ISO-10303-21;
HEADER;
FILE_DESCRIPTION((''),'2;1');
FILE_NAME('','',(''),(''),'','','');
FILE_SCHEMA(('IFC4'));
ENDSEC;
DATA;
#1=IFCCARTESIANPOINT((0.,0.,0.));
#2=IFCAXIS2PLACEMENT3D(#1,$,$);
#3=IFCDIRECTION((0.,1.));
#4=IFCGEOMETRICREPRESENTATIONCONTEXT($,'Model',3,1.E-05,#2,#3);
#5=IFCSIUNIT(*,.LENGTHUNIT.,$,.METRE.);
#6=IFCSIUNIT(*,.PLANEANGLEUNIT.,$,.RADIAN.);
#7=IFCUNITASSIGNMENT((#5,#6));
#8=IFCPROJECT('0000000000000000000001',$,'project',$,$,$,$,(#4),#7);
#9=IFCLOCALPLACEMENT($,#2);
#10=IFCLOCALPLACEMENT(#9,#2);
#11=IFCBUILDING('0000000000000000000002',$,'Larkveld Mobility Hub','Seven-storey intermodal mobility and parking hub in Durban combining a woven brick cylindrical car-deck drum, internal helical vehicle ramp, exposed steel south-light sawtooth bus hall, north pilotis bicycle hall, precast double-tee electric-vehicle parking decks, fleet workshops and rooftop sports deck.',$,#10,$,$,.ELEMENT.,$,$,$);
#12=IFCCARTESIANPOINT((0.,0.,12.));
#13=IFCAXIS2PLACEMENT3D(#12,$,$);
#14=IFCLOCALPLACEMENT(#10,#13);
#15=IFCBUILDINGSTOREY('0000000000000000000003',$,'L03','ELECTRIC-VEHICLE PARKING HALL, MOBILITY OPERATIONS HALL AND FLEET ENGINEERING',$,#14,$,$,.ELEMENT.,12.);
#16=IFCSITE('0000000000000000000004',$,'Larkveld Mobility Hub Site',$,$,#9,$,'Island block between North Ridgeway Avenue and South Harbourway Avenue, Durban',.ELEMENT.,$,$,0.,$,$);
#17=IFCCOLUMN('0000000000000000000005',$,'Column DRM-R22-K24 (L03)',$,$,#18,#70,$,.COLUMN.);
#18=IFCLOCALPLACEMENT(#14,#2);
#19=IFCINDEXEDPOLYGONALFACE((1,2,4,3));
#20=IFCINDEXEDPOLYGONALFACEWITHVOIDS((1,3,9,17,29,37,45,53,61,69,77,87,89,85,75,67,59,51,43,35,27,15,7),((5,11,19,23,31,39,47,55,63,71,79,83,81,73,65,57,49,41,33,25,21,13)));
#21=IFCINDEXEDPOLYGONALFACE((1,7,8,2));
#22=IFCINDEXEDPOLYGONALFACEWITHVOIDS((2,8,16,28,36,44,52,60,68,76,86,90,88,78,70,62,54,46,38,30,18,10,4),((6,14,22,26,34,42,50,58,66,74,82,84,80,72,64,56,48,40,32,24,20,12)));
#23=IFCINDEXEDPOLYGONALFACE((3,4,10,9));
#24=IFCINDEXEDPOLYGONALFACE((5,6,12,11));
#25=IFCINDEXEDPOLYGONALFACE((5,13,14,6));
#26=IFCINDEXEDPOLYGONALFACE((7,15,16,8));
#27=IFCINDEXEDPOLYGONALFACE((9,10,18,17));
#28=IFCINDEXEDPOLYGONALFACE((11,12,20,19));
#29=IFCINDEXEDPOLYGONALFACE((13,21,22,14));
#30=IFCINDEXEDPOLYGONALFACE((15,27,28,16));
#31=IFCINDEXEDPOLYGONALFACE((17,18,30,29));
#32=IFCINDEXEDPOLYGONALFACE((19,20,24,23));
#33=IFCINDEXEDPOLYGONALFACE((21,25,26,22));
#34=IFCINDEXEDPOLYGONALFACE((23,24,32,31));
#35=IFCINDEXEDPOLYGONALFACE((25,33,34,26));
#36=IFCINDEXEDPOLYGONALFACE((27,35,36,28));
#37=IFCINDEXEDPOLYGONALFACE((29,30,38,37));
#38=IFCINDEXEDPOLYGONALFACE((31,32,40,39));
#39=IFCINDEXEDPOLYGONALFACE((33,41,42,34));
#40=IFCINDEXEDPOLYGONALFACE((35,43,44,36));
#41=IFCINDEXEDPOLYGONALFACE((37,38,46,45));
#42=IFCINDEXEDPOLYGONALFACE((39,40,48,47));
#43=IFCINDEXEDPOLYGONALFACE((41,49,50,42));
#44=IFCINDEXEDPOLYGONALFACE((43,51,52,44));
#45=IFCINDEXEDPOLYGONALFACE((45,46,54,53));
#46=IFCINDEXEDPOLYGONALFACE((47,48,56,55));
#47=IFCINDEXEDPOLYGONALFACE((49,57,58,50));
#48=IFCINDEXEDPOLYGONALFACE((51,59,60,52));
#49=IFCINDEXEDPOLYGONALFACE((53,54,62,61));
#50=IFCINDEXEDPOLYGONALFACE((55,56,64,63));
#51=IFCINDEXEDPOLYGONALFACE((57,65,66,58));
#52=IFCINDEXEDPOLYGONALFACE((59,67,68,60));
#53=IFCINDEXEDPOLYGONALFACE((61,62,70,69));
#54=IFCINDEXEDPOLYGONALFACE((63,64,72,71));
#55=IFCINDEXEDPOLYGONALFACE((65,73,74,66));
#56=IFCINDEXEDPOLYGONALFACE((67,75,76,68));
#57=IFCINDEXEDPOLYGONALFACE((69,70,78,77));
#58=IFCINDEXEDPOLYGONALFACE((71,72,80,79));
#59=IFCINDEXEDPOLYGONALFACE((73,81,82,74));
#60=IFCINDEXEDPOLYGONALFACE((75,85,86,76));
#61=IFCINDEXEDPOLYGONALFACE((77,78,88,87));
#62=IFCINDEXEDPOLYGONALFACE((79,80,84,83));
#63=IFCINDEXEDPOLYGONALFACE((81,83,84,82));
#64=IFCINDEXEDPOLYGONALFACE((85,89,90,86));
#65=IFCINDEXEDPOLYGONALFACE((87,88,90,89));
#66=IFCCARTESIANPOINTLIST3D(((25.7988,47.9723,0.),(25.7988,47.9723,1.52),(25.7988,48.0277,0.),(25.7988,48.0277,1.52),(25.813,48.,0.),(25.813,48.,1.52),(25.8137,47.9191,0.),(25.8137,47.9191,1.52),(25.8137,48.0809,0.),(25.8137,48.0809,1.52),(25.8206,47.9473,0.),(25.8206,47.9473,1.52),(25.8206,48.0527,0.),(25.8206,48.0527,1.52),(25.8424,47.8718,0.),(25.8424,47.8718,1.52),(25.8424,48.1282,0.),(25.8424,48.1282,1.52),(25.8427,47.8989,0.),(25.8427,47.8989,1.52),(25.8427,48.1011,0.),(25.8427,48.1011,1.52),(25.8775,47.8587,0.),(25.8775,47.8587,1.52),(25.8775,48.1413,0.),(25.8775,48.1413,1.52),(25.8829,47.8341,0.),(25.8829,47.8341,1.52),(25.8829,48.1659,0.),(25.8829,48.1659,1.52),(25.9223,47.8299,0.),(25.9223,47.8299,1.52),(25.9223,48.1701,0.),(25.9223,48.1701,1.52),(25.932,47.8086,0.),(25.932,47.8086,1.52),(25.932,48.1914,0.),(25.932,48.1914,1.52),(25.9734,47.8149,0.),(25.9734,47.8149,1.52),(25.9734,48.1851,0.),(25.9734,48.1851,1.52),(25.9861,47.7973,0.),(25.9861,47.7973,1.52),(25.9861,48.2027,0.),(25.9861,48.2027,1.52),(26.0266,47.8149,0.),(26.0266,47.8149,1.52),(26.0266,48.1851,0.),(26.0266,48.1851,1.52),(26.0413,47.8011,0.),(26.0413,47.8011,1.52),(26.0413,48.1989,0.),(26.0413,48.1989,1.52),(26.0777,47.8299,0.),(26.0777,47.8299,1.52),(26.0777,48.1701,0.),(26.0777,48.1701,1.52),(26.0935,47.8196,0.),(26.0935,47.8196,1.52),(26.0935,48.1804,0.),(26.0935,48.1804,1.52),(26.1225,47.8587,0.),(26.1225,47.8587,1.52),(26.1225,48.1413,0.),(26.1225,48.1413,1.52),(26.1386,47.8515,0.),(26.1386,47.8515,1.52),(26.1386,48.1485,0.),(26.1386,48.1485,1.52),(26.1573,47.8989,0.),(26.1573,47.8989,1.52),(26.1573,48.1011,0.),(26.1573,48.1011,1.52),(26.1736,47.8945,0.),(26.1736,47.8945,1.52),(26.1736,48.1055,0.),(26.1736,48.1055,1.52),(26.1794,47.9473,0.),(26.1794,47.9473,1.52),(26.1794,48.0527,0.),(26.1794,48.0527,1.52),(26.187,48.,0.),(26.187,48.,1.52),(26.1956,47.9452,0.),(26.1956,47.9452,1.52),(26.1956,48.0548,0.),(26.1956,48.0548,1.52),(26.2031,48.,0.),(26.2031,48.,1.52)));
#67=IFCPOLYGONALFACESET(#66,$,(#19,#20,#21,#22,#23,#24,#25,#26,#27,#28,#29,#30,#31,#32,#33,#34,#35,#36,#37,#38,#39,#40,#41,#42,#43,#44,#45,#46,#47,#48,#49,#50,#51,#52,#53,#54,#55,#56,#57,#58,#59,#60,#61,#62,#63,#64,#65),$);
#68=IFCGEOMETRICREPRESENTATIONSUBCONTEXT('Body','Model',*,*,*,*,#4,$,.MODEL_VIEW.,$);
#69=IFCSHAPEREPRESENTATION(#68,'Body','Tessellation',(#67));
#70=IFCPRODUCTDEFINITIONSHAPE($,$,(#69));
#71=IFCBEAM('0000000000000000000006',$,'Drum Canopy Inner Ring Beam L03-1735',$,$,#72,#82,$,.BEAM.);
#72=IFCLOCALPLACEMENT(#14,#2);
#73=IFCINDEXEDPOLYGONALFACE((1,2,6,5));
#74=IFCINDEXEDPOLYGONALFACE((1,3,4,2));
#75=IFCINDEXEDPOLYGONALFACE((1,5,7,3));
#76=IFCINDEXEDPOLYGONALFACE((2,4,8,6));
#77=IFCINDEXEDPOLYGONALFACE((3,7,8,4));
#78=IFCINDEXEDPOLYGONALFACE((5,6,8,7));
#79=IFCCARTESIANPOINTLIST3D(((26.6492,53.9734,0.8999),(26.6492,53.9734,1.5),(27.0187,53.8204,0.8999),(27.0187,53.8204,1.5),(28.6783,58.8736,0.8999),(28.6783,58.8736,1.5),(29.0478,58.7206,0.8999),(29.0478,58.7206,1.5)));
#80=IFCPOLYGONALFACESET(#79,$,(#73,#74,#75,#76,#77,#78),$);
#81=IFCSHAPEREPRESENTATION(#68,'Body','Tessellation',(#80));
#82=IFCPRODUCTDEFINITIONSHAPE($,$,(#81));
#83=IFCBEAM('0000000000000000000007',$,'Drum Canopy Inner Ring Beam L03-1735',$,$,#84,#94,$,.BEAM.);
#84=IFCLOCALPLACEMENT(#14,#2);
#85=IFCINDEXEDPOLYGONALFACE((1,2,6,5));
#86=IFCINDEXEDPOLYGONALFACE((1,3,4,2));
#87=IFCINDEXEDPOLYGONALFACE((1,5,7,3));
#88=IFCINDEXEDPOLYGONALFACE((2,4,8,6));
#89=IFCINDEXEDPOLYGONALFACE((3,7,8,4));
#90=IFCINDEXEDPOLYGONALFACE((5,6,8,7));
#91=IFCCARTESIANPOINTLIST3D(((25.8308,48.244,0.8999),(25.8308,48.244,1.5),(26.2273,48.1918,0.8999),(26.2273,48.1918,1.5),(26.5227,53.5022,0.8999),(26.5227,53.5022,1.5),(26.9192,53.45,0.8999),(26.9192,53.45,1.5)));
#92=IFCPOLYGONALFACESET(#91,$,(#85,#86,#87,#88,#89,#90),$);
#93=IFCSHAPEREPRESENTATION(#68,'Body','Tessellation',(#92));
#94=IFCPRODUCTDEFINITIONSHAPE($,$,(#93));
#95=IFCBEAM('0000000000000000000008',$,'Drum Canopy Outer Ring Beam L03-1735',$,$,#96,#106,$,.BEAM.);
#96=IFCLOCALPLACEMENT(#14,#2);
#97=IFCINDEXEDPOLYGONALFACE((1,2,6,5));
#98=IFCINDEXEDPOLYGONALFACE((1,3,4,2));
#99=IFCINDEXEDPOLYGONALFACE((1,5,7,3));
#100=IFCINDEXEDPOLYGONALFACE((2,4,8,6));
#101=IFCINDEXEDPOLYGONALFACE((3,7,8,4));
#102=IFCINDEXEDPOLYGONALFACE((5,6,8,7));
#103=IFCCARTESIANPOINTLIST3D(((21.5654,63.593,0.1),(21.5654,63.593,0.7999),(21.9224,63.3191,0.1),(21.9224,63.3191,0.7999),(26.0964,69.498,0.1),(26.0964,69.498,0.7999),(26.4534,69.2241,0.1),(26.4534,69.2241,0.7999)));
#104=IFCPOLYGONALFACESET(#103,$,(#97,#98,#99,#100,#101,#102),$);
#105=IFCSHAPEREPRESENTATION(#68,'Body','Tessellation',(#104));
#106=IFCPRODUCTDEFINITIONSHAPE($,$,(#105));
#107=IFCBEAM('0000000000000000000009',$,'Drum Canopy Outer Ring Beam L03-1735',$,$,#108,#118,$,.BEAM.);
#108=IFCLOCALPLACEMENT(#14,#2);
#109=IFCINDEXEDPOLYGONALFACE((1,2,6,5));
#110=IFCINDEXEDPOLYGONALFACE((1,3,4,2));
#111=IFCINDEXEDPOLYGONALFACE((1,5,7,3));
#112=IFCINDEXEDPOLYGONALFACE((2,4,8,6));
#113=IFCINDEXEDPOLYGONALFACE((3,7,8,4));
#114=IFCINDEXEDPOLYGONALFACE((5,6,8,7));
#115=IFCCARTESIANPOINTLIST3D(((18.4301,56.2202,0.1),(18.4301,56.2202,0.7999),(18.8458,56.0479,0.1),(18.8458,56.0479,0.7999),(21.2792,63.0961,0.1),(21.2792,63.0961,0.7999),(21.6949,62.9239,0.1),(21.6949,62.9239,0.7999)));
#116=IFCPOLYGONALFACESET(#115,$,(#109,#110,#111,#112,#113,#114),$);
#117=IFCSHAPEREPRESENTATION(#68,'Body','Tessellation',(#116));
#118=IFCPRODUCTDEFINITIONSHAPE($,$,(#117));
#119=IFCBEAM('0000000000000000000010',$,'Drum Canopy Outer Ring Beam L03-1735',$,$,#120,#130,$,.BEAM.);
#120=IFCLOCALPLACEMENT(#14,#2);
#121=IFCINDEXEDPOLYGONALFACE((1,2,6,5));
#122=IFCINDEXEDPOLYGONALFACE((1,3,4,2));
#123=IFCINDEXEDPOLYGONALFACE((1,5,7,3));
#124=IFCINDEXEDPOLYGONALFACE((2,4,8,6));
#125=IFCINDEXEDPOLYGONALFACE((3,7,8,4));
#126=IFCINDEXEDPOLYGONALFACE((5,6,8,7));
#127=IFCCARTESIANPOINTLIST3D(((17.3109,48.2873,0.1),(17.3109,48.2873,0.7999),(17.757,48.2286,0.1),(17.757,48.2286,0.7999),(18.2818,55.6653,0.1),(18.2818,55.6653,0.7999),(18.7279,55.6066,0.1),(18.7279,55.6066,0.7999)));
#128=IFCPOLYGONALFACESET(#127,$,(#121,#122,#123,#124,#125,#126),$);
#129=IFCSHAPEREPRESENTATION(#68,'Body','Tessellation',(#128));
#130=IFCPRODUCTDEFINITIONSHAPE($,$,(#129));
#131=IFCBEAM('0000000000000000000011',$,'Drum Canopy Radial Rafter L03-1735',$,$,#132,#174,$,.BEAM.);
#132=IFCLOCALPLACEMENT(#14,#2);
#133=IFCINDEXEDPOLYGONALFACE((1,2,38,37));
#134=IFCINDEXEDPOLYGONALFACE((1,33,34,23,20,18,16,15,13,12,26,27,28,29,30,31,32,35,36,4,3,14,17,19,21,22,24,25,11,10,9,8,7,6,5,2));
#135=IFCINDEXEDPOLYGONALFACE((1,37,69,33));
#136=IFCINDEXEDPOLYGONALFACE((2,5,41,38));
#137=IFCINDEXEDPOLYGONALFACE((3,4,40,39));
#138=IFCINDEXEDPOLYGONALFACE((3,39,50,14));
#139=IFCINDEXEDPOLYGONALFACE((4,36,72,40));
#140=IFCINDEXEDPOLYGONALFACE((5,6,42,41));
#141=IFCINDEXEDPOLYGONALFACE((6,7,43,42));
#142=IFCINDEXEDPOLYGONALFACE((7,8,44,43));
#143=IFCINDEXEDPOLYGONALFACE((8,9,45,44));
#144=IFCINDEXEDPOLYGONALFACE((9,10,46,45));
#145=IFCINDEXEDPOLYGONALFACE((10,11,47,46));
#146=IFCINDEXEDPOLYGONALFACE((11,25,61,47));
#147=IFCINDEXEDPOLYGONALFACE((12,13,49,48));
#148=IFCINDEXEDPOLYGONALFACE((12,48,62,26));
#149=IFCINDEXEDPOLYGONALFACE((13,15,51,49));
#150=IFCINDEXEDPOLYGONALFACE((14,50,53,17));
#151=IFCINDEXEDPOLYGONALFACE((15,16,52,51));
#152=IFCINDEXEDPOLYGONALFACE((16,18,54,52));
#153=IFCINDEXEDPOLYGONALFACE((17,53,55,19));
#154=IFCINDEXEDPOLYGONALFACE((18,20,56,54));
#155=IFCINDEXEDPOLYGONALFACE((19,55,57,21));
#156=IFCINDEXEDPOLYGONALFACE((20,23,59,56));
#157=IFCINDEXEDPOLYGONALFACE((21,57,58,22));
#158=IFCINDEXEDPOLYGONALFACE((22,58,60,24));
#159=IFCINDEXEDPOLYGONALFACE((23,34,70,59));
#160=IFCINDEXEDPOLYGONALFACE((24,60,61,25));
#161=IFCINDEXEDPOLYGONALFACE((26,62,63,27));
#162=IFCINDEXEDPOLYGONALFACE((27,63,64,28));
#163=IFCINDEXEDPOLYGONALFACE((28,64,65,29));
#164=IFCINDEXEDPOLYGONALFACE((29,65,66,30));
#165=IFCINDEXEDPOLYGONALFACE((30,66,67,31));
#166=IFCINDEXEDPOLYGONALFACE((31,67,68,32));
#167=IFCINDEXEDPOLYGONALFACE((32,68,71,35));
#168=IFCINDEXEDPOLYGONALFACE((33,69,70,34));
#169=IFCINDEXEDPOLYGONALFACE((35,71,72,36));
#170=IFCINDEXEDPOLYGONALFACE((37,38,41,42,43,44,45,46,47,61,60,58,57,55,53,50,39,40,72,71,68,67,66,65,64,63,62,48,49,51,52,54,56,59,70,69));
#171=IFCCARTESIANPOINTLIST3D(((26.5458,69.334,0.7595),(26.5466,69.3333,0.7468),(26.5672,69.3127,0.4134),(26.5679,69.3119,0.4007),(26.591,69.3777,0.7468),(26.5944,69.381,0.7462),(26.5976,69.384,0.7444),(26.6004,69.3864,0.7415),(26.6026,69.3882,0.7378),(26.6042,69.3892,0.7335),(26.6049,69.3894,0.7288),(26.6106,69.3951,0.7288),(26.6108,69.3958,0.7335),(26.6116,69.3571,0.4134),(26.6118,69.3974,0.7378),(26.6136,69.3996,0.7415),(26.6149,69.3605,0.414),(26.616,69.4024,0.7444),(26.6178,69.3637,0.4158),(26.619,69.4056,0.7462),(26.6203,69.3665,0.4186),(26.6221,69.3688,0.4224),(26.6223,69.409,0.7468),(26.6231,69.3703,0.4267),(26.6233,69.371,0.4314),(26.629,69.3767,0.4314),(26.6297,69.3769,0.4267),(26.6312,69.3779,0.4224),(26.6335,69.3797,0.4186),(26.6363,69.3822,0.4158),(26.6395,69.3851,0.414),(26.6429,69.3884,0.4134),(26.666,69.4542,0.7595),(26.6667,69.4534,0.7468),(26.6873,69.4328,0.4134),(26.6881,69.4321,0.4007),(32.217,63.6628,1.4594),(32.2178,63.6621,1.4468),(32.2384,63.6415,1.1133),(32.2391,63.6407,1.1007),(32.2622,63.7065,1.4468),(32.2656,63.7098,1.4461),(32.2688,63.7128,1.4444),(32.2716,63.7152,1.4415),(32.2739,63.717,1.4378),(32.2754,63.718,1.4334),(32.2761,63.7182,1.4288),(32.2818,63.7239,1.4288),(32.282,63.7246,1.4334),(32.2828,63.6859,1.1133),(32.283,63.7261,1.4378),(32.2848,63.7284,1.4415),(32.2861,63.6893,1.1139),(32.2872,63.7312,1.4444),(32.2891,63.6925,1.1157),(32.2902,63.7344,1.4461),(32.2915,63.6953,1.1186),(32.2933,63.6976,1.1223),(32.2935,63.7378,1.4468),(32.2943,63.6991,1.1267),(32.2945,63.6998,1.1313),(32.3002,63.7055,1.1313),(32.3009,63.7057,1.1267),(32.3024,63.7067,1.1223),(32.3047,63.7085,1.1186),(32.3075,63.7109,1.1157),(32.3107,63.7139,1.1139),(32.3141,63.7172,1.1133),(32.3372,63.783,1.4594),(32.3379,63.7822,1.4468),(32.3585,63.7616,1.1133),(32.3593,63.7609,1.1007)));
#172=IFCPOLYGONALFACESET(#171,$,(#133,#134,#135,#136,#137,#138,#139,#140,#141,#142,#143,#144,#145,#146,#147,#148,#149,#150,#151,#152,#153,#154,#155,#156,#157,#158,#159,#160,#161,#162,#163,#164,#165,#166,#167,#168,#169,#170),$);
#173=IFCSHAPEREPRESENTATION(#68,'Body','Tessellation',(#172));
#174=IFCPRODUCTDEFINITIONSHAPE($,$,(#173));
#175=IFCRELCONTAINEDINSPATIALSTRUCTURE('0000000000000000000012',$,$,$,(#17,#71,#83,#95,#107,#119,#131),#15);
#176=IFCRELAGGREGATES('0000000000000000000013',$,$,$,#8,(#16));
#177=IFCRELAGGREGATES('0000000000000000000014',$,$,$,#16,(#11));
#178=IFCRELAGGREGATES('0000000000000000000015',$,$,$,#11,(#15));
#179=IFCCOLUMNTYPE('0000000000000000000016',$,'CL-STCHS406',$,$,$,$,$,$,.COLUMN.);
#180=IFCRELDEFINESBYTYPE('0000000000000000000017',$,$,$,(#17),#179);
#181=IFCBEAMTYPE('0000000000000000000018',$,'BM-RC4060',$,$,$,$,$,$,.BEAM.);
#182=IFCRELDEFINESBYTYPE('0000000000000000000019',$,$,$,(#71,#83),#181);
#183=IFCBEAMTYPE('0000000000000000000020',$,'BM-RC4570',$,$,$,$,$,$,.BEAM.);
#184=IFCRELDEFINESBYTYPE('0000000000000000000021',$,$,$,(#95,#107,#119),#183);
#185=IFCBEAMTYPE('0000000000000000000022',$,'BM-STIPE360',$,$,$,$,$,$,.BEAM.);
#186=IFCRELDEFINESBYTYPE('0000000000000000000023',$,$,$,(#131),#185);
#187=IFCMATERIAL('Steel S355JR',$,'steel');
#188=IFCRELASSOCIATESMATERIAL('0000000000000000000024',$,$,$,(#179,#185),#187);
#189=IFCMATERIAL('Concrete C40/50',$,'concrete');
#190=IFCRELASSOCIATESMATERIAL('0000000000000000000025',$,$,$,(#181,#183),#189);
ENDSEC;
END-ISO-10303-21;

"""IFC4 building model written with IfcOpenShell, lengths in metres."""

from ifc_helpers import new_model, si_unit, direction, frame, origin, origin_2d, place, context, subcontext, project, spatial, rectangle, hollow_circle, i_section, extrude, material, material_profile, profile_set, type_object, element, save


model = new_model("IFC4")

# Units and contexts
model_context = context("Model", 3, precision=1e-05, world=origin(), true_north=direction((0.0, 1.0)))
body_context = subcontext(model_context, "Body", "Model", "MODEL_VIEW")
ifc_project = project(units=[si_unit("LENGTHUNIT", "METRE"), si_unit("PLANEANGLEUNIT", "RADIAN")], contexts=[model_context])

# Site, building, storey
site_placement = place(None, origin())
site = spatial("IfcSite", under=ifc_project, at=site_placement, Name="Larkveld Mobility Hub Site", LongName="Island block between North Ridgeway Avenue and South Harbourway Avenue, Durban", CompositionType="ELEMENT", RefElevation=0.0)
building_placement = place(site_placement, origin())
building = spatial("IfcBuilding", under=site, at=building_placement, Name="Larkveld Mobility Hub", Description="Seven-storey intermodal mobility and parking hub in Durban combining a woven brick cylindrical car-deck drum, internal helical vehicle ramp, exposed steel south-light sawtooth bus hall, north pilotis bicycle hall, precast double-tee electric-vehicle parking decks, fleet workshops and rooftop sports deck.", CompositionType="ELEMENT")
storey_placement = place(building_placement, frame((0.0, 0.0, 12.0)))
storey = spatial("IfcBuildingStorey", under=building, at=storey_placement, Name="L03", Description="ELECTRIC-VEHICLE PARKING HALL, MOBILITY OPERATIONS HALL AND FLEET ENGINEERING", CompositionType="ELEMENT", Elevation=12.0)

# Column
ifc_material_1 = material(Name="Concrete C40/50", Category="concrete")
ifc_material_2 = material(Name="Steel S355JR", Category="steel")
ifc_material_profile_1 = material_profile(ifc_material_2, hollow_circle(Radius=0.2031, WallThickness=0.0161, at=origin_2d()), Name="CHS 406.4x16")
ifc_profile_set_1 = profile_set([ifc_material_profile_1], Name="Steel S355JR")
column_type_1 = type_object("IfcColumnType", Name="CL-STCHS406", PredefinedType="COLUMN", material=ifc_profile_set_1)
for number, where, z_axis, x_axis, name in (
    (1, (26.0, 48.0, 0.0), (0.0, 0.0, 1.0), (1.0, 0.0, 0.0), "Column DRM-R22-K24 (L03)"),
):
    element("IfcColumn", number, at=place(storey_placement, frame(where, z_axis=z_axis, x_axis=x_axis)), inside=storey, type_object=column_type_1, Name=name, PredefinedType="COLUMN", context=body_context, shape_type="SweptSolid", body=[
        extrude(hollow_circle(Radius=0.2031, WallThickness=0.0161, at=origin_2d()), origin(), (0.0, 0.0, 1.0), 1.52),
    ])

# Beams
ifc_material_profile_2 = material_profile(ifc_material_1, rectangle(XDim=0.3999, YDim=0.6001, at=origin_2d()), Name="RC BM 400x600")
ifc_profile_set_2 = profile_set([ifc_material_profile_2], Name="Concrete C40/50")
beam_type_1 = type_object("IfcBeamType", Name="BM-RC4060", PredefinedType="BEAM", material=ifc_profile_set_2)
beam_1_placement = place(storey_placement, frame((28.863, 58.7971, 1.2), z_axis=(-0.382578, -0.923923, 0.0), x_axis=(0.923923, -0.382578, 0.0)))
element("IfcBeam", 2, at=beam_1_placement, inside=storey, type_object=beam_type_1, Name="Drum Canopy Inner Ring Beam L03-1735", PredefinedType="BEAM", context=body_context, shape_type="SweptSolid", body=[
    extrude(rectangle(XDim=0.3999, YDim=0.6001, at=origin_2d()), origin(), (0.0, 0.0, 1.0), 5.3037),
])
beam_2_placement = place(storey_placement, frame((26.7209, 53.4761, 1.2), z_axis=(-0.130463, -0.991453, 0.0), x_axis=(0.991453, -0.130463, 0.0)))
element("IfcBeam", 3, at=beam_2_placement, inside=storey, type_object=beam_type_1, Name="Drum Canopy Inner Ring Beam L03-1735", PredefinedType="BEAM", context=body_context, shape_type="SweptSolid", body=[
    extrude(rectangle(XDim=0.3999, YDim=0.6001, at=origin_2d()), origin(), (0.0, 0.0, 1.0), 5.3035),
])
ifc_material_profile_3 = material_profile(ifc_material_1, rectangle(XDim=0.45, YDim=0.7, at=origin_2d()), Name="RC BM 450x700")
ifc_profile_set_3 = profile_set([ifc_material_profile_3], Name="Concrete C40/50")
beam_type_2 = type_object("IfcBeamType", Name="BM-RC4570", PredefinedType="BEAM", material=ifc_profile_set_3)
beam_3_placement = place(storey_placement, frame((26.2749, 69.3611, 0.45), z_axis=(-0.608754, -0.793359, 0.0), x_axis=(0.793359, -0.608754, 0.0)))
element("IfcBeam", 4, at=beam_3_placement, inside=storey, type_object=beam_type_2, Name="Drum Canopy Outer Ring Beam L03-1735", PredefinedType="BEAM", context=body_context, shape_type="SweptSolid", body=[
    extrude(rectangle(XDim=0.45, YDim=0.7, at=origin_2d()), origin(), (0.0, 0.0, 1.0), 7.4431),
])
beam_4_placement = place(storey_placement, frame((21.4871, 63.01, 0.45), z_axis=(-0.382798, -0.923832, 0.0), x_axis=(0.923832, -0.382798, 0.0)))
element("IfcBeam", 5, at=beam_4_placement, inside=storey, type_object=beam_type_2, Name="Drum Canopy Outer Ring Beam L03-1735", PredefinedType="BEAM", context=body_context, shape_type="SweptSolid", body=[
    extrude(rectangle(XDim=0.45, YDim=0.7, at=origin_2d()), origin(), (0.0, 0.0, 1.0), 7.4429),
])
beam_5_placement = place(storey_placement, frame((18.5049, 55.636, 0.45), z_axis=(-0.130477, -0.991451, 0.0), x_axis=(0.991451, -0.130477, 0.0)))
element("IfcBeam", 6, at=beam_5_placement, inside=storey, type_object=beam_type_2, Name="Drum Canopy Outer Ring Beam L03-1735", PredefinedType="BEAM", context=body_context, shape_type="SweptSolid", body=[
    extrude(rectangle(XDim=0.45, YDim=0.7, at=origin_2d()), origin(), (0.0, 0.0, 1.0), 7.4417),
])
ifc_material_profile_4 = material_profile(ifc_material_2, i_section(OverallWidth=0.1699, OverallDepth=0.3601, WebThickness=0.0081, FlangeThickness=0.0127, FilletRadius=0.0181, at=origin_2d()), Name="IPE 360")
ifc_profile_set_4 = profile_set([ifc_material_profile_4], Name="Steel S355JR")
beam_type_3 = type_object("IfcBeamType", Name="BM-STIPE360", PredefinedType="BEAM", material=ifc_profile_set_4)
beam_6_placement = place(storey_placement, frame((26.6169, 69.3831, 0.5801), z_axis=(0.704429, -0.704429, 0.086943), x_axis=(0.707107, 0.707107, 0.0)))
element("IfcBeam", 7, at=beam_6_placement, inside=storey, type_object=beam_type_3, Name="Drum Canopy Radial Rafter L03-1735", PredefinedType="BEAM", context=body_context, shape_type="SweptSolid", body=[
    extrude(i_section(OverallWidth=0.1699, OverallDepth=0.3601, WebThickness=0.0081, FlangeThickness=0.0127, FilletRadius=0.0181, at=origin_2d()), origin(), (0.0, 0.0, 1.0), 8.0508),
])

save(model, "model.ifc")
